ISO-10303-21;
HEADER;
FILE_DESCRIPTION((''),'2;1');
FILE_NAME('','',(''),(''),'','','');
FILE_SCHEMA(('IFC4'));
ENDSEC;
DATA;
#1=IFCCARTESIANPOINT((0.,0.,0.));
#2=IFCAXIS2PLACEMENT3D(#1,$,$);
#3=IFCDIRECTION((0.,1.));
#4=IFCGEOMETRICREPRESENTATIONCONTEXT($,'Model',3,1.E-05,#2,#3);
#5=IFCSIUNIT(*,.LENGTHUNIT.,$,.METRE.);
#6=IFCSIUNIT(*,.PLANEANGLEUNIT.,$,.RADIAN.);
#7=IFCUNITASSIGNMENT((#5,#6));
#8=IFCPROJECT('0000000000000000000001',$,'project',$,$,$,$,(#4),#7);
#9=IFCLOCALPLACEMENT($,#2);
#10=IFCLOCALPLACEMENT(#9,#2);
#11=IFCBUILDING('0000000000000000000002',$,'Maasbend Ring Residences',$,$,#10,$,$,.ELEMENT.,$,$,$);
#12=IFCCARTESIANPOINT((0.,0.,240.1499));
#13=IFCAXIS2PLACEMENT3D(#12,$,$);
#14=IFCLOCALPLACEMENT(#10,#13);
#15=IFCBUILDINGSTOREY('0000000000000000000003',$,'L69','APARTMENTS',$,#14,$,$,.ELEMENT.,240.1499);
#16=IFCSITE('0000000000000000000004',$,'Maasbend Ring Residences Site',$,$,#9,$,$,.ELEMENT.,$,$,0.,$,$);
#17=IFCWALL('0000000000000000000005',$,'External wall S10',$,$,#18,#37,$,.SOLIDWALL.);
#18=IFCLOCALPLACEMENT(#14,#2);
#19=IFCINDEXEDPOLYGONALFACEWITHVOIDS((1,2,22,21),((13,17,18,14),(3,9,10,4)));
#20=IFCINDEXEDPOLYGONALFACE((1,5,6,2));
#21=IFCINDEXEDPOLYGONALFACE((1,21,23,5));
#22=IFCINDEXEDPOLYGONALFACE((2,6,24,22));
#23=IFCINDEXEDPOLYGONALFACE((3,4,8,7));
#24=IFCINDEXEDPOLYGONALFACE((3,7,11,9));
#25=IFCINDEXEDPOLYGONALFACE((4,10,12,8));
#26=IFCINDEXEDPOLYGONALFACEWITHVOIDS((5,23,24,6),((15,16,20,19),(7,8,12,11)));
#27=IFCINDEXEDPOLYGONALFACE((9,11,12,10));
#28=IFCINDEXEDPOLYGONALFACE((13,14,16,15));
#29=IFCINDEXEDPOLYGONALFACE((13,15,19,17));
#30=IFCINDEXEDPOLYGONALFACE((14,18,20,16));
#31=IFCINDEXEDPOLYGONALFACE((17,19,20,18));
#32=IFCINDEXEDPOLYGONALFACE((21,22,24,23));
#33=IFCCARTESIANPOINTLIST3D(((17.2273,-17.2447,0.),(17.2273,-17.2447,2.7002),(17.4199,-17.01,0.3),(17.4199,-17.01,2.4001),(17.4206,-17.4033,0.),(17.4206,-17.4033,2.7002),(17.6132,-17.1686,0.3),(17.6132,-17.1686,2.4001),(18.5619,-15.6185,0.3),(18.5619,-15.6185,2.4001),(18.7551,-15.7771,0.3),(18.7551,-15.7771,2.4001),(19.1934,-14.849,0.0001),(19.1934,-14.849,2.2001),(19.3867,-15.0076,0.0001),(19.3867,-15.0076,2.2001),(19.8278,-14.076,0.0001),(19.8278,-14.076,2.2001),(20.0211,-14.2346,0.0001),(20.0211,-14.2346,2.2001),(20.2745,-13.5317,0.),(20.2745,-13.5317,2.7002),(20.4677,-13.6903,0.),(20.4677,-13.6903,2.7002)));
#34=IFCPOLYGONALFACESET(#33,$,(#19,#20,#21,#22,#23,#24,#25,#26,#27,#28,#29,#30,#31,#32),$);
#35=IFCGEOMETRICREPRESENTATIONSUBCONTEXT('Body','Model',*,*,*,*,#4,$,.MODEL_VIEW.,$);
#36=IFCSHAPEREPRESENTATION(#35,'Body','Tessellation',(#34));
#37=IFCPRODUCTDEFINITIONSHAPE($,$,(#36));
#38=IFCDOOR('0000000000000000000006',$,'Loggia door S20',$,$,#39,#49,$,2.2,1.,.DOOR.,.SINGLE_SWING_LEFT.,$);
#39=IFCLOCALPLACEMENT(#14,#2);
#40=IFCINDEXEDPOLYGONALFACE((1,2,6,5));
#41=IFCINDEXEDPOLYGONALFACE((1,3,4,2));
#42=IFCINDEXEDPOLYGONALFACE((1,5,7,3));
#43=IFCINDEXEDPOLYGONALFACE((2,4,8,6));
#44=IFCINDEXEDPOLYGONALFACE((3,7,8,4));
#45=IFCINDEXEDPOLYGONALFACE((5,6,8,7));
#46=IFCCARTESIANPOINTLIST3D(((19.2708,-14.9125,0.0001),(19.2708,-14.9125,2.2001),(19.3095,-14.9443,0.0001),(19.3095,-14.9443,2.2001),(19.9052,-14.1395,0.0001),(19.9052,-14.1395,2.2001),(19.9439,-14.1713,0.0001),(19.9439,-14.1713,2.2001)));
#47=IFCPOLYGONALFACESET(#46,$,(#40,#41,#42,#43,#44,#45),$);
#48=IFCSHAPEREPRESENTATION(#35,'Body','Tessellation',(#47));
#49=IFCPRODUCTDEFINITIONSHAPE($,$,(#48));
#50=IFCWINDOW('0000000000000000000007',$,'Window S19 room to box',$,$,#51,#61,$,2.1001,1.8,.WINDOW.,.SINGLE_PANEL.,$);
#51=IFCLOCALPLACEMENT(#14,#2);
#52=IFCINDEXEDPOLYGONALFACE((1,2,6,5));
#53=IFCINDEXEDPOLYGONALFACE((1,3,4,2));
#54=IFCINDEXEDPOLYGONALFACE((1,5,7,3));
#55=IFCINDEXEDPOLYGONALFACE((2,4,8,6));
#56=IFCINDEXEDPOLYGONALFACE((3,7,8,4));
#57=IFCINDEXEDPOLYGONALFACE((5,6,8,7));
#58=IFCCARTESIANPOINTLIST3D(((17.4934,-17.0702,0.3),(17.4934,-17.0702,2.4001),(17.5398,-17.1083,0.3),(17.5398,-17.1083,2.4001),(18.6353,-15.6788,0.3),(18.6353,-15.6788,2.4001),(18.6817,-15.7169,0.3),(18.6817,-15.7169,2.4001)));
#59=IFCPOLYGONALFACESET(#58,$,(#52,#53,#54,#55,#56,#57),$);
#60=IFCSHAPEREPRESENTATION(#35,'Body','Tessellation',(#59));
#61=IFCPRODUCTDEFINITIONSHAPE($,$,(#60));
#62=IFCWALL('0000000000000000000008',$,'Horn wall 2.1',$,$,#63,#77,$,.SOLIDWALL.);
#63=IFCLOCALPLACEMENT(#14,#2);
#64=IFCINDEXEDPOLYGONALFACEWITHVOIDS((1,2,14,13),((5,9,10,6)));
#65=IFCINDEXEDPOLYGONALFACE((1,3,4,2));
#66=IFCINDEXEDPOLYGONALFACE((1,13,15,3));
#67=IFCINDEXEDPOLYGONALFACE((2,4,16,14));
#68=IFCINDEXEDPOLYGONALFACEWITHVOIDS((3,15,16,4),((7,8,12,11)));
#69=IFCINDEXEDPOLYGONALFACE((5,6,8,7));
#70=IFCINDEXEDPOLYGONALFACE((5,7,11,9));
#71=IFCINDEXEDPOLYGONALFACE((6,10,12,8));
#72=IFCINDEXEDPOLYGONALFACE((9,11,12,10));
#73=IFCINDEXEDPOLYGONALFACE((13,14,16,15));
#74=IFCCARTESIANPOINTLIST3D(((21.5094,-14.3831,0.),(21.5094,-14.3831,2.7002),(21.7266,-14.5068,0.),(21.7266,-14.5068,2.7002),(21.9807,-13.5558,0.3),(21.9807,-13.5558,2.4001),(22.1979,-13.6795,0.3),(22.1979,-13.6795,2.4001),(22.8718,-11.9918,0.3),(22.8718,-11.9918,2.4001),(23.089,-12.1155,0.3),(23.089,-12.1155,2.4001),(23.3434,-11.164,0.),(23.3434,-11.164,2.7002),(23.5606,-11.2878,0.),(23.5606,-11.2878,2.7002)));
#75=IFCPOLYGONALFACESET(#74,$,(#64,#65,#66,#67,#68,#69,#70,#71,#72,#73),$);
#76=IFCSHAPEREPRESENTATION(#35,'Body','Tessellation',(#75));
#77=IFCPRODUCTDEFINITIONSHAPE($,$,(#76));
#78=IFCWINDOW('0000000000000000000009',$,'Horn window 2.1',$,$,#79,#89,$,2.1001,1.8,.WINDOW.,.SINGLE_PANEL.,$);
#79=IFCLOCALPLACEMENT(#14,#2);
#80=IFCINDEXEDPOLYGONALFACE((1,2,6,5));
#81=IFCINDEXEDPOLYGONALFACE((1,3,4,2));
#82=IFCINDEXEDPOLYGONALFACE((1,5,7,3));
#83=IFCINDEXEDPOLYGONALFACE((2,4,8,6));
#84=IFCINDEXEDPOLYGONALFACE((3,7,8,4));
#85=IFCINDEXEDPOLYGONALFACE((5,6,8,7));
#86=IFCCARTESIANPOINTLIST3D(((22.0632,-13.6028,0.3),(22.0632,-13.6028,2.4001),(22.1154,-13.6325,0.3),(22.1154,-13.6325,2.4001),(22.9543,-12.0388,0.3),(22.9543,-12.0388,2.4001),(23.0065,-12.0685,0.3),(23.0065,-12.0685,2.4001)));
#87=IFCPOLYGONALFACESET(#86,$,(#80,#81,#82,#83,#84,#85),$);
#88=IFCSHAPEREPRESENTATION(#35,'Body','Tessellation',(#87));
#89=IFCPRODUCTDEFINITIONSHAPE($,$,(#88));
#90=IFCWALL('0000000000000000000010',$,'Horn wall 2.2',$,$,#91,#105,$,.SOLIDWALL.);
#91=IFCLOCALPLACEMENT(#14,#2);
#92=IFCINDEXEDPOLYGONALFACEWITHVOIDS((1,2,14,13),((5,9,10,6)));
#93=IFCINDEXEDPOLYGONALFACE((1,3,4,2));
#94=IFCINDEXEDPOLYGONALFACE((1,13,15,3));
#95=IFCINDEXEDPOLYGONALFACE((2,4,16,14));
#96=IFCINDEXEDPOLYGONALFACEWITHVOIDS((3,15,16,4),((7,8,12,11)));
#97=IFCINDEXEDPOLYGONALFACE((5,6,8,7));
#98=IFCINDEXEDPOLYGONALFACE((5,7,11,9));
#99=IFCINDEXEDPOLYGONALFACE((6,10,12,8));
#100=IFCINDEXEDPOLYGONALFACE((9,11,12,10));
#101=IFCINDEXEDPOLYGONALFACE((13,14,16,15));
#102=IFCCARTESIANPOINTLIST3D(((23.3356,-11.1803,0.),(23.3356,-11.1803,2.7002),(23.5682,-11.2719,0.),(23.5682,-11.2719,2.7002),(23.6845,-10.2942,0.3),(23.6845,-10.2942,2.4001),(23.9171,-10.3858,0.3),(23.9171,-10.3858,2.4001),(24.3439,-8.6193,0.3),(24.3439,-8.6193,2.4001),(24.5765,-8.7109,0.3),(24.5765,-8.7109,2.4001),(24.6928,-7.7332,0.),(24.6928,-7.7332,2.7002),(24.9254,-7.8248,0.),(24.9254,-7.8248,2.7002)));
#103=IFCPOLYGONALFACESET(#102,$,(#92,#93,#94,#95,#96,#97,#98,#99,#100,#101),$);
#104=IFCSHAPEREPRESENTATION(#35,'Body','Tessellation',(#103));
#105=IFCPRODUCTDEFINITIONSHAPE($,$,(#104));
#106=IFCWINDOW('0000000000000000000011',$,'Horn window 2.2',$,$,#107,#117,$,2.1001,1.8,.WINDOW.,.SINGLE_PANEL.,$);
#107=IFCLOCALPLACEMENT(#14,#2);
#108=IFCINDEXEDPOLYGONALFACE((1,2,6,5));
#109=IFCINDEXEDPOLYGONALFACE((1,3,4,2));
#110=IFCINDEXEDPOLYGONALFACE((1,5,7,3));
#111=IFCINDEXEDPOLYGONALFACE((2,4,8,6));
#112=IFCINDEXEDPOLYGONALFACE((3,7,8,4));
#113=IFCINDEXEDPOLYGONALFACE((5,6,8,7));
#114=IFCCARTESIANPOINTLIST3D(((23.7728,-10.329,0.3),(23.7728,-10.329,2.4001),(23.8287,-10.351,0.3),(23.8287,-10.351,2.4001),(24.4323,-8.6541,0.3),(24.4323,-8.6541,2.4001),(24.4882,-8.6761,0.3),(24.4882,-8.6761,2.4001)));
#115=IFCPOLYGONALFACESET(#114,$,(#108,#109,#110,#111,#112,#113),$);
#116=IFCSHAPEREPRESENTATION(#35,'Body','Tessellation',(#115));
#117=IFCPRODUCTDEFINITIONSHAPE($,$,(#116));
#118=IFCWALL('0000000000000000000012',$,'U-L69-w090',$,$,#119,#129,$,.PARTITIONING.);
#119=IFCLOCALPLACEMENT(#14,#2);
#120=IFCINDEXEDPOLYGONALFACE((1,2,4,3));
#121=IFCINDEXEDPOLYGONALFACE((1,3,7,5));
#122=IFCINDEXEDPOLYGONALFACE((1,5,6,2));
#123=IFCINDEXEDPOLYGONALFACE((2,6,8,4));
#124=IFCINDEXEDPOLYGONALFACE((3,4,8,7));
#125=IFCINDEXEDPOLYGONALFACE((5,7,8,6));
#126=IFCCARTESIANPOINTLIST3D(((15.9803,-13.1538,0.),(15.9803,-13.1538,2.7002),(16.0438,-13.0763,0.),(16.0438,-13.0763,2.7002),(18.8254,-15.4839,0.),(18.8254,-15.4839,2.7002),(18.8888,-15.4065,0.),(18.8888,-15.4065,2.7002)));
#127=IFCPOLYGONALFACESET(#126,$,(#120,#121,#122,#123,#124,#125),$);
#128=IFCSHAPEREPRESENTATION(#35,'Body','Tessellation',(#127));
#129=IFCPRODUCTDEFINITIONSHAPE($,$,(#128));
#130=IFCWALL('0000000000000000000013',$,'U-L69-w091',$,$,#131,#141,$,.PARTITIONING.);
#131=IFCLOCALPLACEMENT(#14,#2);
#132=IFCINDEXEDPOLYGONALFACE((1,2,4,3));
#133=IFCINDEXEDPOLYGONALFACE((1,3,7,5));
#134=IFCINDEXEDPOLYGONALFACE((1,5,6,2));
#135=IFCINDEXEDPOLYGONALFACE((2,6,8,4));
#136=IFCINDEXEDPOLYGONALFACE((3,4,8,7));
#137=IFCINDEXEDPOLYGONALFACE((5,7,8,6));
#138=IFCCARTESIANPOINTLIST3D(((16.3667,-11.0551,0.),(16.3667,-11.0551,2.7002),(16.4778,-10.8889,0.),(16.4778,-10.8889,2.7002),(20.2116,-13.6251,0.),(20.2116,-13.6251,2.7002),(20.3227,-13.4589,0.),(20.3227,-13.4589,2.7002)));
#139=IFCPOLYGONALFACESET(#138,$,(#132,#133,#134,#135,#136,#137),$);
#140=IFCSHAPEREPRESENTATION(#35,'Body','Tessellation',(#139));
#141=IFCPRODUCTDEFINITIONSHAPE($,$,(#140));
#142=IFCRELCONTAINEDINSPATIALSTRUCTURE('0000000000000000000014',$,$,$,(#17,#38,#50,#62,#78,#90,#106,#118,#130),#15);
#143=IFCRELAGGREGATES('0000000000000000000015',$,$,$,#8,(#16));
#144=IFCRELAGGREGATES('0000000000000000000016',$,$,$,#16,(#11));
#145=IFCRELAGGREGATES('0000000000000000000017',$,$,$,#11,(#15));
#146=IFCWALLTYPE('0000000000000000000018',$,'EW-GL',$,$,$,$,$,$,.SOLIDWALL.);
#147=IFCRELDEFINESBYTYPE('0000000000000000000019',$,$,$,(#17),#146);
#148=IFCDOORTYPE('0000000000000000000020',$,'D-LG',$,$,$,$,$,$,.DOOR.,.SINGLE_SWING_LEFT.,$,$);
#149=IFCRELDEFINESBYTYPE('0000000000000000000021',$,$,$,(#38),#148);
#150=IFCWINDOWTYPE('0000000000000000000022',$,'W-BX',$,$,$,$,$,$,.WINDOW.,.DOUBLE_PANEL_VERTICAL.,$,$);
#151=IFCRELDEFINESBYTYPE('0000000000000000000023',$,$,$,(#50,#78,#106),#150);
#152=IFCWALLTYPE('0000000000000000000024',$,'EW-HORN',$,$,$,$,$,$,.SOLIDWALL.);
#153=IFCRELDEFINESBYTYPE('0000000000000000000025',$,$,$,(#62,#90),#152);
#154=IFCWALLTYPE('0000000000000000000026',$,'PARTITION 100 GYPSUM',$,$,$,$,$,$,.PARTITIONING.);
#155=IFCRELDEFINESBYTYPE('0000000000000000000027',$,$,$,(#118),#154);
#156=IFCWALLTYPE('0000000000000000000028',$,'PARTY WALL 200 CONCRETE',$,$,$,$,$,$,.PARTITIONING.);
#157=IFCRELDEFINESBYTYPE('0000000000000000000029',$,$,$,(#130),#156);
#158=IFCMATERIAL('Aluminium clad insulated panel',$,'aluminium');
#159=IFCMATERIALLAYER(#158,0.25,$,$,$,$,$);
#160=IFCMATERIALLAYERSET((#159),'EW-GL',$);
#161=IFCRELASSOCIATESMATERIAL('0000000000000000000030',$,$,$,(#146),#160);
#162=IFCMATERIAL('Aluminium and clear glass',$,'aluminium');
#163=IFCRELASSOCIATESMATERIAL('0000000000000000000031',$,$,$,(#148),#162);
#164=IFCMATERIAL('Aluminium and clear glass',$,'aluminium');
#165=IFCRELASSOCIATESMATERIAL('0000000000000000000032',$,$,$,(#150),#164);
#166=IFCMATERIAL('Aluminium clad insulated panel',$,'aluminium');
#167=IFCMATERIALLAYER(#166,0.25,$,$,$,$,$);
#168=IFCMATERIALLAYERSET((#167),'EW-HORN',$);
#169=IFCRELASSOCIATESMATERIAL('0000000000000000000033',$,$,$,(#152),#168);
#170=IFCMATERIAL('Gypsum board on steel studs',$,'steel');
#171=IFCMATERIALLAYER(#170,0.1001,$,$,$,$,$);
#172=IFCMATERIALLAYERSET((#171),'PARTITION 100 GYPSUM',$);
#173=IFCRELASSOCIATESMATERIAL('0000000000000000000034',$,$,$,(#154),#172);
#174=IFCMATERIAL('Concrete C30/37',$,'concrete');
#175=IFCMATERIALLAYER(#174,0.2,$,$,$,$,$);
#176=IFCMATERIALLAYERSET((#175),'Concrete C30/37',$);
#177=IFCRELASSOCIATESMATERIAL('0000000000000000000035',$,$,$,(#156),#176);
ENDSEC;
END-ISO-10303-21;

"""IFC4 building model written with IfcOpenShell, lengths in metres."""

from ifc_helpers import new_model, si_unit, direction, frame, frame_2d, origin, place, context, subcontext, project, spatial, rectangle, extrude, material, layer, layer_set, type_object, element, fill, save


model = new_model("IFC4")

# Units and contexts
model_context = context("Model", 3, precision=1e-05, world=origin(), true_north=direction((0.0, 1.0)))
body_context = subcontext(model_context, "Body", "Model", "MODEL_VIEW")
ifc_project = project(units=[si_unit("LENGTHUNIT", "METRE"), si_unit("PLANEANGLEUNIT", "RADIAN")], contexts=[model_context])

# Site, building, storey
site_placement = place(None, origin())
site = spatial("IfcSite", under=ifc_project, at=site_placement, Name="Maasbend Ring Residences Site", CompositionType="ELEMENT", RefElevation=0.0)
building_placement = place(site_placement, origin())
building = spatial("IfcBuilding", under=site, at=building_placement, Name="Maasbend Ring Residences", CompositionType="ELEMENT")
storey_placement = place(building_placement, frame((0.0, 0.0, 240.1499)))
storey = spatial("IfcBuildingStorey", under=building, at=storey_placement, Name="L69", Description="APARTMENTS", CompositionType="ELEMENT", Elevation=240.1499)

# Wall, openings, door, window
ifc_material_1 = material(Name="Aluminium clad insulated panel", Category="aluminium")
ifc_layer_1 = layer(ifc_material_1, 0.25)
ifc_layer_set_1 = layer_set([ifc_layer_1], Name="EW-GL")
wall_type_1 = type_object("IfcWallType", Name="EW-GL", PredefinedType="SOLIDWALL", material=ifc_layer_set_1)
wall_1_placement = place(storey_placement, frame((17.324, -17.324, 0.0), z_axis=(0.0, 0.0, 1.0), x_axis=(0.634397, 0.773008, 0.0)))
wall_1 = element("IfcWall", 1, at=wall_1_placement, inside=storey, type_object=wall_type_1, Name="External wall S10", PredefinedType="SOLIDWALL", context=body_context, shape_type="SweptSolid", body=[
    extrude(rectangle(XDim=4.8032, YDim=0.25, at=frame_2d((2.4016, 0.0))), origin(), (0.0, 0.0, 1.0), 2.7002),
])
opening_1_placement = place(wall_1_placement, frame((0.3037, 0.0, 0.3)))
opening_1 = element("IfcOpeningElement", 2, at=opening_1_placement, cuts=wall_1, PredefinedType="OPENING", context=body_context, shape_type="SweptSolid", body=[
    extrude(rectangle(XDim=1.8, YDim=2.1001, at=frame_2d((0.8999, 1.05))), frame((0.0, 0.135, 0.0), z_axis=(0.0, -1.0, 0.0), x_axis=(1.0, 0.0, 0.0)), (0.0, 0.0, 1.0), 0.27),
])
opening_2_placement = place(wall_1_placement, frame((3.0991, 0.0, 0.0)))
opening_2 = element("IfcOpeningElement", 3, at=opening_2_placement, cuts=wall_1, PredefinedType="OPENING", context=body_context, shape_type="SweptSolid", body=[
    extrude(rectangle(XDim=1.0, YDim=2.2, at=frame_2d((0.5, 1.1001))), frame((0.0, 0.135, 0.0), z_axis=(0.0, -1.0, 0.0), x_axis=(1.0, 0.0, 0.0)), (0.0, 0.0, 1.0), 0.27),
])
ifc_material_2 = material(Name="Aluminium and clear glass", Category="aluminium")
door_type = type_object("IfcDoorType", Name="D-LG", OperationType="SINGLE_SWING_LEFT", PredefinedType="DOOR", material=ifc_material_2)
door_placement = place(opening_2_placement, origin())
door = element("IfcDoor", 4, at=door_placement, inside=storey, type_object=door_type, Name="Loggia door S20", OperationType="SINGLE_SWING_LEFT", OverallHeight=2.2, OverallWidth=1.0, PredefinedType="DOOR", context=body_context, shape_type="SweptSolid", body=[
    extrude(rectangle(XDim=1.0, YDim=2.2, at=frame_2d((0.5, 1.1001))), frame((0.0, 0.0249, 0.0), z_axis=(0.0, -1.0, 0.0), x_axis=(1.0, 0.0, 0.0)), (0.0, 0.0, 1.0), 0.05),
])
fill(opening_2, door)
ifc_material_3 = material(Name="Aluminium and clear glass", Category="aluminium")
window_type_1 = type_object("IfcWindowType", Name="W-BX", PartitioningType="DOUBLE_PANEL_VERTICAL", PredefinedType="WINDOW", material=ifc_material_3)
window_1_placement = place(opening_1_placement, origin())
window_1 = element("IfcWindow", 5, at=window_1_placement, inside=storey, type_object=window_type_1, Name="Window S19 room to box", OverallHeight=2.1001, OverallWidth=1.8, PartitioningType="SINGLE_PANEL", PredefinedType="WINDOW", context=body_context, shape_type="SweptSolid", body=[
    extrude(rectangle(XDim=1.8, YDim=2.1001, at=frame_2d((0.8999, 1.05))), frame((0.0, 0.03, 0.0), z_axis=(0.0, -1.0, 0.0), x_axis=(1.0, 0.0, 0.0)), (0.0, 0.0, 1.0), 0.0601),
])
fill(opening_1, window_1)

# Walls, openings, windows
ifc_material_4 = material(Name="Aluminium clad insulated panel", Category="aluminium")
ifc_layer_2 = layer(ifc_material_4, 0.25)
ifc_layer_set_2 = layer_set([ifc_layer_2], Name="EW-HORN")
wall_type_2 = type_object("IfcWallType", Name="EW-HORN", PredefinedType="SOLIDWALL", material=ifc_layer_set_2)
wall_2_placement = place(storey_placement, frame((21.6179, -14.4451, 0.0), z_axis=(0.0, 0.0, 1.0), x_axis=(0.495031, 0.868875, 0.0)))
wall_2 = element("IfcWall", 6, at=wall_2_placement, inside=storey, type_object=wall_type_2, Name="Horn wall 2.1", PredefinedType="SOLIDWALL", context=body_context, shape_type="SweptSolid", body=[
    extrude(rectangle(XDim=3.7048, YDim=0.25, at=frame_2d((1.8525, 0.0))), origin(), (0.0, 0.0, 1.0), 2.7002),
])
opening_3_placement = place(wall_2_placement, frame((0.9524, 0.0, 0.3)))
opening_3 = element("IfcOpeningElement", 7, at=opening_3_placement, cuts=wall_2, PredefinedType="OPENING", context=body_context, shape_type="SweptSolid", body=[
    extrude(rectangle(XDim=1.8, YDim=2.1001, at=frame_2d((0.8999, 1.05))), frame((0.0, 0.135, 0.0), z_axis=(0.0, -1.0, 0.0), x_axis=(1.0, 0.0, 0.0)), (0.0, 0.0, 1.0), 0.27),
])
window_2_placement = place(opening_3_placement, origin())
window_2 = element("IfcWindow", 8, at=window_2_placement, inside=storey, type_object=window_type_1, Name="Horn window 2.1", OverallHeight=2.1001, OverallWidth=1.8, PartitioningType="SINGLE_PANEL", PredefinedType="WINDOW", context=body_context, shape_type="SweptSolid", body=[
    extrude(rectangle(XDim=1.8, YDim=2.1001, at=frame_2d((0.8999, 1.05))), frame((0.0, 0.03, 0.0), z_axis=(0.0, -1.0, 0.0), x_axis=(1.0, 0.0, 0.0)), (0.0, 0.0, 1.0), 0.0601),
])
fill(opening_3, window_2)
wall_3_placement = place(storey_placement, frame((23.4519, -11.2261, 0.0), z_axis=(0.0, 0.0, 1.0), x_axis=(0.366352, 0.930476, 0.0)))
wall_3 = element("IfcWall", 9, at=wall_3_placement, inside=storey, type_object=wall_type_2, Name="Horn wall 2.2", PredefinedType="SOLIDWALL", context=body_context, shape_type="SweptSolid", body=[
    extrude(rectangle(XDim=3.7046, YDim=0.25, at=frame_2d((1.8523, 0.0))), origin(), (0.0, 0.0, 1.0), 2.7002),
])
opening_4_placement = place(wall_3_placement, frame((0.9524, 0.0, 0.3)))
opening_4 = element("IfcOpeningElement", 10, at=opening_4_placement, cuts=wall_3, PredefinedType="OPENING", context=body_context, shape_type="SweptSolid", body=[
    extrude(rectangle(XDim=1.8, YDim=2.1001, at=frame_2d((0.8999, 1.05))), frame((0.0, 0.135, 0.0), z_axis=(0.0, -1.0, 0.0), x_axis=(1.0, 0.0, 0.0)), (0.0, 0.0, 1.0), 0.27),
])
window_3_placement = place(opening_4_placement, origin())
window_3 = element("IfcWindow", 11, at=window_3_placement, inside=storey, type_object=window_type_1, Name="Horn window 2.2", OverallHeight=2.1001, OverallWidth=1.8, PartitioningType="SINGLE_PANEL", PredefinedType="WINDOW", context=body_context, shape_type="SweptSolid", body=[
    extrude(rectangle(XDim=1.8, YDim=2.1001, at=frame_2d((0.8999, 1.05))), frame((0.0, 0.03, 0.0), z_axis=(0.0, -1.0, 0.0), x_axis=(1.0, 0.0, 0.0)), (0.0, 0.0, 1.0), 0.0601),
])
fill(opening_4, window_3)

# Walls
ifc_material_5 = material(Name="Gypsum board on steel studs", Category="steel")
ifc_layer_3 = layer(ifc_material_5, 0.1001)
ifc_layer_set_3 = layer_set([ifc_layer_3], Name="PARTITION 100 GYPSUM")
wall_type_3 = type_object("IfcWallType", Name="PARTITION 100 GYPSUM", PredefinedType="PARTITIONING", material=ifc_layer_set_3)
wall_4_placement = place(storey_placement, frame((16.012, -13.115, 0.0), z_axis=(0.0, 0.0, 1.0), x_axis=(0.773641, -0.633625, 0.0)))
element("IfcWall", 12, at=wall_4_placement, inside=storey, type_object=wall_type_3, Name="U-L69-w090", PredefinedType="PARTITIONING", context=body_context, shape_type="SweptSolid", body=[
    extrude(rectangle(XDim=3.6775, YDim=0.1001, at=frame_2d((1.8389, 0.0))), origin(), (0.0, 0.0, 1.0), 2.7002),
])
ifc_material_6 = material(Name="Concrete C30/37", Category="concrete")
ifc_layer_4 = layer(ifc_material_6, 0.2)
ifc_layer_set_4 = layer_set([ifc_layer_4], Name="Concrete C30/37")
wall_type_4 = type_object("IfcWallType", Name="PARTY WALL 200 CONCRETE", PredefinedType="PARTITIONING", material=ifc_layer_set_4)
wall_5_placement = place(storey_placement, frame((16.4221, -10.9719, 0.0), z_axis=(0.0, 0.0, 1.0), x_axis=(0.831376, -0.555711, 0.0)))
element("IfcWall", 13, at=wall_5_placement, inside=storey, type_object=wall_type_4, Name="U-L69-w091", PredefinedType="PARTITIONING", context=body_context, shape_type="SweptSolid", body=[
    extrude(rectangle(XDim=4.6248, YDim=0.2, at=frame_2d((2.3125, 0.0))), origin(), (0.0, 0.0, 1.0), 2.7002),
])

save(model, "model.ifc")
